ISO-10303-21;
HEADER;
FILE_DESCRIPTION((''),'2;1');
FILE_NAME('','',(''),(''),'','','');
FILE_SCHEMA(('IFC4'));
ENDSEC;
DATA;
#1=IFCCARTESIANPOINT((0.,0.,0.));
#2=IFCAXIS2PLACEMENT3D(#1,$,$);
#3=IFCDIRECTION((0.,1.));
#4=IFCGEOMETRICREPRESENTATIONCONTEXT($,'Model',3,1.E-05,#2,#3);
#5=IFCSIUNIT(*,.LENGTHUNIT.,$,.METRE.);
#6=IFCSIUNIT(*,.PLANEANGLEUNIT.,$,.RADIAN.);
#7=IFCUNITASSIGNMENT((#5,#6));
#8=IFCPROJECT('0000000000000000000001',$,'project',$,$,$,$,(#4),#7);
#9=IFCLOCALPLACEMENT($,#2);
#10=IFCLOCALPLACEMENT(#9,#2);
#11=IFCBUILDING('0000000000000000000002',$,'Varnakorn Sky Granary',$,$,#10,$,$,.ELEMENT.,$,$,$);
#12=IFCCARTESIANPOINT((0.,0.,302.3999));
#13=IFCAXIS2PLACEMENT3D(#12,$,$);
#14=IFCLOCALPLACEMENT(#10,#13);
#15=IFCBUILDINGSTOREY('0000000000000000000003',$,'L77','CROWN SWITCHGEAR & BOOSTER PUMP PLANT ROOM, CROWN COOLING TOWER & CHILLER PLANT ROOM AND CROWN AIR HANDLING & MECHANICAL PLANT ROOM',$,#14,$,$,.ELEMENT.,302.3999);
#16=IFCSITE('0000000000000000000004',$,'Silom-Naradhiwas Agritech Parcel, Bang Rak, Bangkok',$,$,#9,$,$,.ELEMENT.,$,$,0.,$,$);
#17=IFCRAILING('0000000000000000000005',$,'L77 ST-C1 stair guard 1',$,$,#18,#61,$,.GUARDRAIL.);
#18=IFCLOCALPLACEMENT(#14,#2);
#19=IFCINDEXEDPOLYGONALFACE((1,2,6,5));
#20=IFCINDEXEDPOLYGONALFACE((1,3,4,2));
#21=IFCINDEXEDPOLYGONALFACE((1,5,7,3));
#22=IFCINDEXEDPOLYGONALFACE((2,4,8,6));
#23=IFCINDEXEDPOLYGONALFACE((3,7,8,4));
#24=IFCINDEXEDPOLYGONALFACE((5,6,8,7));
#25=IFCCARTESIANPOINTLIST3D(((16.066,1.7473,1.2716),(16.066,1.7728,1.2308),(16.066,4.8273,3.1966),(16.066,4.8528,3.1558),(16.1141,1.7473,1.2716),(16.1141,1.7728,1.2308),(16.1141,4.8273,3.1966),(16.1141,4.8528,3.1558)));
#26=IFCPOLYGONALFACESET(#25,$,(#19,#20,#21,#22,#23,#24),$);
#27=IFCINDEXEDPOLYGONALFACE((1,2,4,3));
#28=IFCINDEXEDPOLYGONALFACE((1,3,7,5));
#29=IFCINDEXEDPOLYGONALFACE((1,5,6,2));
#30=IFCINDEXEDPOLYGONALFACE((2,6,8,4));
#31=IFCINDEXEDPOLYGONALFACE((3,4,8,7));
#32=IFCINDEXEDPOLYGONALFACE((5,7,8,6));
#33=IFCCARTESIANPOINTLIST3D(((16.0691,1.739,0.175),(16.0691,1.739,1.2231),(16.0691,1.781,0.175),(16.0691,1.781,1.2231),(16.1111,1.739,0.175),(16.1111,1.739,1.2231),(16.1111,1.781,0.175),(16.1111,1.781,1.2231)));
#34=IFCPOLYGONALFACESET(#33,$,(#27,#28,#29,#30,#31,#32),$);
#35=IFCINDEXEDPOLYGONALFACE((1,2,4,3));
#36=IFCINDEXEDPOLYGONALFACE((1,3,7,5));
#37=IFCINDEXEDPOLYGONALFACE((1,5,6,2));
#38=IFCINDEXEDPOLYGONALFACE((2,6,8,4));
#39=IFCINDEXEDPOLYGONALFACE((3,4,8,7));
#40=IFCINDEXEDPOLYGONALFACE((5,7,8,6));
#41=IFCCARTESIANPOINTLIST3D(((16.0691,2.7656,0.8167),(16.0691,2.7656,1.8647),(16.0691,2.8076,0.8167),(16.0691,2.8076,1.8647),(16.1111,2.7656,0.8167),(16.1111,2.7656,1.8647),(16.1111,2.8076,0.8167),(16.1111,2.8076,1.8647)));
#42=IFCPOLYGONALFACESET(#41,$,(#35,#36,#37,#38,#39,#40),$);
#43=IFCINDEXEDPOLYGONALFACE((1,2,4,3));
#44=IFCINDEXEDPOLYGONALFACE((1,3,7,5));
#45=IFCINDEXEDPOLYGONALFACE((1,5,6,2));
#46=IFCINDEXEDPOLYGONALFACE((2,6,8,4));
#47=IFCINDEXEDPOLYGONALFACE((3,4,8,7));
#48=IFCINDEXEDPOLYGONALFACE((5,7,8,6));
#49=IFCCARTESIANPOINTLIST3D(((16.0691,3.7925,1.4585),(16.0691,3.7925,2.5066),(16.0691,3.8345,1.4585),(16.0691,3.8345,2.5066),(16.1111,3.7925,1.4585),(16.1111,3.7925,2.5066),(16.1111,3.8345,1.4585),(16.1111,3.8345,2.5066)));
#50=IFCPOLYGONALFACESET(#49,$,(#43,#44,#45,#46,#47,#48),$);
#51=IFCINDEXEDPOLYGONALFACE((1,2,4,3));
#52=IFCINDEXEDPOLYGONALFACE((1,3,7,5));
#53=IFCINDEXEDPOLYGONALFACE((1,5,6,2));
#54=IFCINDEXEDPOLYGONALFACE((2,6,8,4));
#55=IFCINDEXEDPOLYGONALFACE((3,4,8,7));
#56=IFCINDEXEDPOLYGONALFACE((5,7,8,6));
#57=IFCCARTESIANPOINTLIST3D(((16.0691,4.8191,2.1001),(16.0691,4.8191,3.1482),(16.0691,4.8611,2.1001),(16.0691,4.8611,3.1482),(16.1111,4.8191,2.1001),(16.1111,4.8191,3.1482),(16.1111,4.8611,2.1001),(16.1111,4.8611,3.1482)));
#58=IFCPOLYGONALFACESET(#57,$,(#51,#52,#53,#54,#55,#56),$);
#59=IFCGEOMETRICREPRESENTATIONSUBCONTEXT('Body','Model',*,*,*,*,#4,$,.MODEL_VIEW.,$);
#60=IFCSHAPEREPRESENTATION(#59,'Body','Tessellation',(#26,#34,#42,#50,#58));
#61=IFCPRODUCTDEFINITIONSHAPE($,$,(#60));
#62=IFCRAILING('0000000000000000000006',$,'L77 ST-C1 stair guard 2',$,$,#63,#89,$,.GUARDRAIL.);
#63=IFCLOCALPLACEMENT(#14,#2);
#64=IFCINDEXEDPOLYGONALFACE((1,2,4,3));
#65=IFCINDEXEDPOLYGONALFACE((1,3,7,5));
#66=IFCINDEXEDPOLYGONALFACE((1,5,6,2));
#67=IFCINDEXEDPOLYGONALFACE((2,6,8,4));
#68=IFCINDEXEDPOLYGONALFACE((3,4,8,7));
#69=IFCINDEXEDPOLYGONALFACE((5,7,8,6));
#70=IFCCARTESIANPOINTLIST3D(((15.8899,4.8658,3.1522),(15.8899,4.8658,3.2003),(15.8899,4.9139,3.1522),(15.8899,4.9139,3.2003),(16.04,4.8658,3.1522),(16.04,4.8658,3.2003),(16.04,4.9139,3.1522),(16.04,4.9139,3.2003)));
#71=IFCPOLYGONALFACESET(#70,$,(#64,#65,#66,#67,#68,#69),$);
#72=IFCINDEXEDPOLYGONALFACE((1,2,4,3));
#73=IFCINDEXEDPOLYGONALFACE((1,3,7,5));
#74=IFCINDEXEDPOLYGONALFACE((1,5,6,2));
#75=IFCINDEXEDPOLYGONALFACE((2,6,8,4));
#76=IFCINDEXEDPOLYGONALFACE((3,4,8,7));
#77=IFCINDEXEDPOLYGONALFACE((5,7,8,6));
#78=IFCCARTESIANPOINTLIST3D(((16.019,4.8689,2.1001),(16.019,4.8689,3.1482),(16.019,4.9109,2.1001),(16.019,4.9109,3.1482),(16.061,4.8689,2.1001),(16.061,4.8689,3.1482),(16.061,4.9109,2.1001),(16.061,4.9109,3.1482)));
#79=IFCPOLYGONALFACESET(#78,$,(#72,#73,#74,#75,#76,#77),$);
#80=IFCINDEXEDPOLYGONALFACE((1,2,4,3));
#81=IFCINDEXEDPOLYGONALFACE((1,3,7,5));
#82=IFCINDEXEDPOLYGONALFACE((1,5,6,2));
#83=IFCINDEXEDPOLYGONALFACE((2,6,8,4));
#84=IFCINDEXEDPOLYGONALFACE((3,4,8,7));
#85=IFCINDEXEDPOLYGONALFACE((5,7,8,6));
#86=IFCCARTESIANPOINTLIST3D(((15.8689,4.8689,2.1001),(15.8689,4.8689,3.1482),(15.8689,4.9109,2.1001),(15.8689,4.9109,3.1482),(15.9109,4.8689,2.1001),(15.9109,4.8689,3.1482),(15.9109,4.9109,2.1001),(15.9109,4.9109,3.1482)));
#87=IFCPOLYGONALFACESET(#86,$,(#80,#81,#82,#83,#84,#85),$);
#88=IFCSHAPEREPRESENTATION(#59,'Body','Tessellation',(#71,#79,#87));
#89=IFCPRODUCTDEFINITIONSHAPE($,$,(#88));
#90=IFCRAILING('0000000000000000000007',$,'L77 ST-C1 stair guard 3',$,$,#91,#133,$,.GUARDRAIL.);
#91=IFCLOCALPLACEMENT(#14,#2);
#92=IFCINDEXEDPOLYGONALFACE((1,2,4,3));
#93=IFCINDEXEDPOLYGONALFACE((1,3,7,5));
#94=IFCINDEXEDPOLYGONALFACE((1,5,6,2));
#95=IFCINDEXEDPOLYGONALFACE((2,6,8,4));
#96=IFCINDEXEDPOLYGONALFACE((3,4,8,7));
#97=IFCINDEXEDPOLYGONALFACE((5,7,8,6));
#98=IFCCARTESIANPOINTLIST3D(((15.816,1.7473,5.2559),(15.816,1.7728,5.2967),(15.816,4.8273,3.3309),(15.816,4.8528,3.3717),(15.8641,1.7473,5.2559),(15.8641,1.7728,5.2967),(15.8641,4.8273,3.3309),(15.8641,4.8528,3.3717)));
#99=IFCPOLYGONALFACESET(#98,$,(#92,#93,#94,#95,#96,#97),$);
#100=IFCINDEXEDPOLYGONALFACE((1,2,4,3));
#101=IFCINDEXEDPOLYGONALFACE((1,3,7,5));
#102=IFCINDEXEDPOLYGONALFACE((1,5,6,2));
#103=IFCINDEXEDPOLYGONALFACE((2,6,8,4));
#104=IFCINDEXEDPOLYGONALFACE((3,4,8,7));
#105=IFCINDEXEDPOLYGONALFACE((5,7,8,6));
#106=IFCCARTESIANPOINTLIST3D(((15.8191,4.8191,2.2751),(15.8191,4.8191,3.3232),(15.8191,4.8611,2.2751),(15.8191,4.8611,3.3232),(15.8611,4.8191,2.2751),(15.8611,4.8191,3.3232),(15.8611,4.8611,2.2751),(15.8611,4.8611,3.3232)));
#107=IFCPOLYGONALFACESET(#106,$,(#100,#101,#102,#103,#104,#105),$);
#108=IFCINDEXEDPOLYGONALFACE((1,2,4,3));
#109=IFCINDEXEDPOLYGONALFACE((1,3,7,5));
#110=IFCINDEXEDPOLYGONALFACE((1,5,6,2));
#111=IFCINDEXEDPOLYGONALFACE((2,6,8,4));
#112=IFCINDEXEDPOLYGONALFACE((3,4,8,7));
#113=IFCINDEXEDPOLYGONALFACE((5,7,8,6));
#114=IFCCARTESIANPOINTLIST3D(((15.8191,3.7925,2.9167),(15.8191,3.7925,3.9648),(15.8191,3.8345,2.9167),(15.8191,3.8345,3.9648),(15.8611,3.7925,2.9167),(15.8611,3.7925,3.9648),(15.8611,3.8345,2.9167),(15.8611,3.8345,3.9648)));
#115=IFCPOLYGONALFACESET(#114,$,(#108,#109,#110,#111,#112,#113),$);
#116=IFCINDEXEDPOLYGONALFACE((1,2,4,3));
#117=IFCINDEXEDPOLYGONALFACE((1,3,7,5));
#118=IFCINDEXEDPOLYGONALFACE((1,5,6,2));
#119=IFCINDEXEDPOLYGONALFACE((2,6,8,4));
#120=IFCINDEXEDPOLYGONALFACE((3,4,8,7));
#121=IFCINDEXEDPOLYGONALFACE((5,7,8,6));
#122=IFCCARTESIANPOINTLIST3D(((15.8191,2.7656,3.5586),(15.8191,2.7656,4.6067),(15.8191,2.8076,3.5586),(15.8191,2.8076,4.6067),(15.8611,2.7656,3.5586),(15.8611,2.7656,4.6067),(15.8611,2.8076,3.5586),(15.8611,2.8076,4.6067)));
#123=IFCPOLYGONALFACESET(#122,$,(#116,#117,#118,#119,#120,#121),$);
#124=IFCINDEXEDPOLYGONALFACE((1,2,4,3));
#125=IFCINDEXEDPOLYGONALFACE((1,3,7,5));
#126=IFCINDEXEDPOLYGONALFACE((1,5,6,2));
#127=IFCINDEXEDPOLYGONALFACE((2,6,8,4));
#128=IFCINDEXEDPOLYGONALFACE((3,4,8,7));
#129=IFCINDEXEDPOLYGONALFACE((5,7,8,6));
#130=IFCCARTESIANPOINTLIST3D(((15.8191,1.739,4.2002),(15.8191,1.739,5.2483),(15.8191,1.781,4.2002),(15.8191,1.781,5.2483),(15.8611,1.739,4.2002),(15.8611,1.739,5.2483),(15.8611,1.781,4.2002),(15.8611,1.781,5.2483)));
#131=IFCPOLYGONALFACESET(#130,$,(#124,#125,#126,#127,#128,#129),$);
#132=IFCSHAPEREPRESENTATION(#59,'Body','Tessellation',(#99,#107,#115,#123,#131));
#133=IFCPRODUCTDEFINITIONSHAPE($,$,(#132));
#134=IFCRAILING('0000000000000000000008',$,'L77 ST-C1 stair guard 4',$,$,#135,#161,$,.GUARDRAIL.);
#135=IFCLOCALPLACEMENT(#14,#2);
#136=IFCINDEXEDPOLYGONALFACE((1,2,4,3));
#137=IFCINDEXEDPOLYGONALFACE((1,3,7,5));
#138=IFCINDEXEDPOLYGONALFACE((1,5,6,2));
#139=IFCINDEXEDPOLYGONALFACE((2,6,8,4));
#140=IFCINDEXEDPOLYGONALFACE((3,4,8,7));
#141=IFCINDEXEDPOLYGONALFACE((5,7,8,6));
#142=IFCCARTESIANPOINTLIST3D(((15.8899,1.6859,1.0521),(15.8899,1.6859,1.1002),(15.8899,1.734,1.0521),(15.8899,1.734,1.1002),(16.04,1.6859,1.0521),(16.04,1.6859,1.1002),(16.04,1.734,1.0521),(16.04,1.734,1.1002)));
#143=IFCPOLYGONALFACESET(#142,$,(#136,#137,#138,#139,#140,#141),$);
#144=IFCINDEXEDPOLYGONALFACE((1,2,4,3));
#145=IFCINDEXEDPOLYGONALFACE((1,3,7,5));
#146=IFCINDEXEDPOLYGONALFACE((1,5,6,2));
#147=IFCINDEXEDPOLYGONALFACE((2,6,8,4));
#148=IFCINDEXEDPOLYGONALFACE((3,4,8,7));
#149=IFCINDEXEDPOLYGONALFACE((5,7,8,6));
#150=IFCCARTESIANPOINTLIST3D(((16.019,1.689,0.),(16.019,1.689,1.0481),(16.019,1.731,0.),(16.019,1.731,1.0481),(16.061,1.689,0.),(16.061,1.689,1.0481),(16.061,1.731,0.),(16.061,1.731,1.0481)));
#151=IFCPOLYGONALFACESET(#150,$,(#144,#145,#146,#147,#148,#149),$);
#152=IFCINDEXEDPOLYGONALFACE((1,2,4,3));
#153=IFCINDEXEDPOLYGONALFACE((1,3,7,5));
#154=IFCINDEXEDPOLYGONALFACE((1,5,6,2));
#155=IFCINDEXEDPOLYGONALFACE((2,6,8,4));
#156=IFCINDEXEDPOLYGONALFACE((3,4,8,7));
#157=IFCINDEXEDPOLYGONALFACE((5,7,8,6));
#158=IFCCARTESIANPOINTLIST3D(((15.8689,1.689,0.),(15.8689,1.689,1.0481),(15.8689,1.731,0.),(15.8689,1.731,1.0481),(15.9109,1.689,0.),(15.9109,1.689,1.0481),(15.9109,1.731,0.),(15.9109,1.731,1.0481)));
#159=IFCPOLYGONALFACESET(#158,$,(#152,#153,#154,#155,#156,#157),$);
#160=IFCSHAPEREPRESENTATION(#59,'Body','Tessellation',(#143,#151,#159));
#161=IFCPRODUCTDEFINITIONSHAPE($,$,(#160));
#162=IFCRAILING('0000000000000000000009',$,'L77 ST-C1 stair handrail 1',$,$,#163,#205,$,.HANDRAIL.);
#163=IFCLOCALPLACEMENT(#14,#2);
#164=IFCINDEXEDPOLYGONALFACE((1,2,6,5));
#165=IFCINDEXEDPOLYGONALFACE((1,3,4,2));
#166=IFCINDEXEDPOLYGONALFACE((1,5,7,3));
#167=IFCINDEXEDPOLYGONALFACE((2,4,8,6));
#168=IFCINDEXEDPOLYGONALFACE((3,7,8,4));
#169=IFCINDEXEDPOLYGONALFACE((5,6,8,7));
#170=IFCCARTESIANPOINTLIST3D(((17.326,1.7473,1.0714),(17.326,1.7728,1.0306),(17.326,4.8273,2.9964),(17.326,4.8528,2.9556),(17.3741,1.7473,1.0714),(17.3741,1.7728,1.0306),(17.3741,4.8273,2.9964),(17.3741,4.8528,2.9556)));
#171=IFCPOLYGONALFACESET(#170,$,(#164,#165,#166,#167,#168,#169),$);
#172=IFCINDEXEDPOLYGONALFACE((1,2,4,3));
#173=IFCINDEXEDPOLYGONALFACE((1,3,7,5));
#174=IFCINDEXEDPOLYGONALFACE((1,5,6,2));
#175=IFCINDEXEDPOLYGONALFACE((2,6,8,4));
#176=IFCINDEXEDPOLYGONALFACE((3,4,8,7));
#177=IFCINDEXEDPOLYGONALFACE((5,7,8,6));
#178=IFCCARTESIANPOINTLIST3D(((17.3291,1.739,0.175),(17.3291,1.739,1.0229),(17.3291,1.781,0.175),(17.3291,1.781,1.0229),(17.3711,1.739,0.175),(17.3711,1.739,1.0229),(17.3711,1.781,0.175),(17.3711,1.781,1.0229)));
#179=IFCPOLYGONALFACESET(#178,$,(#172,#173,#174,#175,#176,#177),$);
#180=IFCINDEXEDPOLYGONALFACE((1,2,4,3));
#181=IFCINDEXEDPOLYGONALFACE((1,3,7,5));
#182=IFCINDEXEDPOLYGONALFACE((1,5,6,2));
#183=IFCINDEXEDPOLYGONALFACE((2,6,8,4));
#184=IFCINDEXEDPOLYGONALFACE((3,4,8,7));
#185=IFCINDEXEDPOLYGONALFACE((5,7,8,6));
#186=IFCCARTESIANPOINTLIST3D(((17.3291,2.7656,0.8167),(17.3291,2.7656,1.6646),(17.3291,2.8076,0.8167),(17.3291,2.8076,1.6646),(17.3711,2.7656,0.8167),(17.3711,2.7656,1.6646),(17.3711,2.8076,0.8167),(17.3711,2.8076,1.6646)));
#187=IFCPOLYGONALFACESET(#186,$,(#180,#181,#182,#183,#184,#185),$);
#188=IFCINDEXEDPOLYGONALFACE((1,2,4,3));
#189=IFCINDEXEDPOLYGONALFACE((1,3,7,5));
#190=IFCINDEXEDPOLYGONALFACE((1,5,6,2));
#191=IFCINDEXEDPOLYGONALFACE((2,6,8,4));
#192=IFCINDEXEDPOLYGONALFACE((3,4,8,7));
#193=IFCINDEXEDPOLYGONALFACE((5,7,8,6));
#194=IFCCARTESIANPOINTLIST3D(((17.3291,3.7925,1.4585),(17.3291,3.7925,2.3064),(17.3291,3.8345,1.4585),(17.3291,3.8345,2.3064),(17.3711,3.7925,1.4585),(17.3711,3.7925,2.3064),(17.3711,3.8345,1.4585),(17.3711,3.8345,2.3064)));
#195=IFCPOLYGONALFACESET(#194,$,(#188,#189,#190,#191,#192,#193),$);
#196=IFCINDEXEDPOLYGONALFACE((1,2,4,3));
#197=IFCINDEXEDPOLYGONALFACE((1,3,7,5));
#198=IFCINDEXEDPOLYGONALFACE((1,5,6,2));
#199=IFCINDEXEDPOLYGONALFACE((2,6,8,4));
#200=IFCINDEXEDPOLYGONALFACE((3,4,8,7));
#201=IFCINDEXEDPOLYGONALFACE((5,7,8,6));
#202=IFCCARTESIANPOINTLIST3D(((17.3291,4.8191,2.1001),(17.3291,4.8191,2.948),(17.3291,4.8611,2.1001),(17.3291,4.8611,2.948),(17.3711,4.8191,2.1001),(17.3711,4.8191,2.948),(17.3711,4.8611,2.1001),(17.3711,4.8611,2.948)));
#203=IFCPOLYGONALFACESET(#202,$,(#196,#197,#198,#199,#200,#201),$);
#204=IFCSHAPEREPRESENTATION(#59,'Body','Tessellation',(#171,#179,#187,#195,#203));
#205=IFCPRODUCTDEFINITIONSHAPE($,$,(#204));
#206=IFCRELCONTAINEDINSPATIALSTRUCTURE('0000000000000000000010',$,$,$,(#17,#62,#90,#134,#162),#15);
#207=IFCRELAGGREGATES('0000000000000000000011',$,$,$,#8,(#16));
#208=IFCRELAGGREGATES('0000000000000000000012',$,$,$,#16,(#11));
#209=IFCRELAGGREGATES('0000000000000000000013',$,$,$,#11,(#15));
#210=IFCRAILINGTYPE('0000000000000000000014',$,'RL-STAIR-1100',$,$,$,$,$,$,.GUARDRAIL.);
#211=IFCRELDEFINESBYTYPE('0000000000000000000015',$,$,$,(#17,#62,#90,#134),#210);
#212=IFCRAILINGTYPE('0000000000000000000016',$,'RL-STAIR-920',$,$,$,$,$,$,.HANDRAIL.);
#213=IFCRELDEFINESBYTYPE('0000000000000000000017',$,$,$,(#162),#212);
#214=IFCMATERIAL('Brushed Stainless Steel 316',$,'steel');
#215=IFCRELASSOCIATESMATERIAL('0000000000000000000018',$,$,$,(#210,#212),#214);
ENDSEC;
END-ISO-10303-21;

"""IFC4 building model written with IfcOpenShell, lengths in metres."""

from ifc_helpers import new_model, si_unit, direction, frame, origin, origin_2d, place, context, subcontext, project, spatial, rectangle, extrude, material, type_object, element, save


model = new_model("IFC4")

# Units and contexts
model_context = context("Model", 3, precision=1e-05, world=origin(), true_north=direction((0.0, 1.0)))
body_context = subcontext(model_context, "Body", "Model", "MODEL_VIEW")
ifc_project = project(units=[si_unit("LENGTHUNIT", "METRE"), si_unit("PLANEANGLEUNIT", "RADIAN")], contexts=[model_context])

# Site, building, storey
site_placement = place(None, origin())
site = spatial("IfcSite", under=ifc_project, at=site_placement, Name="Silom-Naradhiwas Agritech Parcel, Bang Rak, Bangkok", CompositionType="ELEMENT", RefElevation=0.0)
building_placement = place(site_placement, origin())
building = spatial("IfcBuilding", under=site, at=building_placement, Name="Varnakorn Sky Granary", CompositionType="ELEMENT")
storey_placement = place(building_placement, frame((0.0, 0.0, 302.3999)))
storey = spatial("IfcBuildingStorey", under=building, at=storey_placement, Name="L77", Description="CROWN SWITCHGEAR & BOOSTER PUMP PLANT ROOM, CROWN COOLING TOWER & CHILLER PLANT ROOM AND CROWN AIR HANDLING & MECHANICAL PLANT ROOM", CompositionType="ELEMENT", Elevation=302.3999)

# Railings
ifc_material_1 = material(Name="Brushed Stainless Steel 316", Category="steel")
railing_type_1 = type_object("IfcRailingType", Name="RL-STAIR-1100", PredefinedType="GUARDRAIL", material=ifc_material_1)
railing_1_placement = place(storey_placement, frame((16.0901, 1.76, 0.175)))
element("IfcRailing", 1, at=railing_1_placement, inside=storey, type_object=railing_type_1, Name="L77 ST-C1 stair guard 1", PredefinedType="GUARDRAIL", context=body_context, shape_type="SweptSolid", body=[
    extrude(rectangle(XDim=0.0481, YDim=0.0481, at=origin_2d()), frame((0.0, 0.0, 1.0762), z_axis=(0.0, 0.847998, 0.529999), x_axis=(-1.0, 0.0, 0.0)), (0.0, 0.0, 1.0), 3.6321),
    extrude(rectangle(XDim=0.042, YDim=0.042, at=origin_2d()), origin(), (0.0, 0.0, 1.0), 1.0481),
    extrude(rectangle(XDim=0.042, YDim=0.042, at=origin_2d()), frame((0.0, 1.0266, 0.6416)), (0.0, 0.0, 1.0), 1.0481),
    extrude(rectangle(XDim=0.042, YDim=0.042, at=origin_2d()), frame((0.0, 2.0535, 1.2834)), (0.0, 0.0, 1.0), 1.0481),
    extrude(rectangle(XDim=0.042, YDim=0.042, at=origin_2d()), frame((0.0, 3.0801, 1.925)), (0.0, 0.0, 1.0), 1.0481),
])
railing_2_placement = place(storey_placement, frame((16.04, 4.8899, 2.1001)))
element("IfcRailing", 2, at=railing_2_placement, inside=storey, type_object=railing_type_1, Name="L77 ST-C1 stair guard 2", PredefinedType="GUARDRAIL", context=body_context, shape_type="SweptSolid", body=[
    extrude(rectangle(XDim=0.0481, YDim=0.0481, at=origin_2d()), frame((0.0, 0.0, 1.0762), z_axis=(-1.0, 0.0, 0.0), x_axis=(0.0, -1.0, 0.0)), (0.0, 0.0, 1.0), 0.1501),
    extrude(rectangle(XDim=0.042, YDim=0.042, at=origin_2d()), origin(), (0.0, 0.0, 1.0), 1.0481),
    extrude(rectangle(XDim=0.042, YDim=0.042, at=origin_2d()), frame((-0.1501, 0.0, 0.0)), (0.0, 0.0, 1.0), 1.0481),
])
railing_3_placement = place(storey_placement, frame((15.8401, 4.8401, 2.2751)))
element("IfcRailing", 3, at=railing_3_placement, inside=storey, type_object=railing_type_1, Name="L77 ST-C1 stair guard 3", PredefinedType="GUARDRAIL", context=body_context, shape_type="SweptSolid", body=[
    extrude(rectangle(XDim=0.0481, YDim=0.0481, at=origin_2d()), frame((0.0, 0.0, 1.0762), z_axis=(0.0, -0.847998, 0.529999), x_axis=(1.0, 0.0, 0.0)), (0.0, 0.0, 1.0), 3.6321),
    extrude(rectangle(XDim=0.042, YDim=0.042, at=origin_2d()), origin(), (0.0, 0.0, 1.0), 1.0481),
    extrude(rectangle(XDim=0.042, YDim=0.042, at=origin_2d()), frame((0.0, -1.0266, 0.6416)), (0.0, 0.0, 1.0), 1.0481),
    extrude(rectangle(XDim=0.042, YDim=0.042, at=origin_2d()), frame((0.0, -2.0535, 1.2834)), (0.0, 0.0, 1.0), 1.0481),
    extrude(rectangle(XDim=0.042, YDim=0.042, at=origin_2d()), frame((0.0, -3.0801, 1.925)), (0.0, 0.0, 1.0), 1.0481),
])
railing_4_placement = place(storey_placement, frame((16.04, 1.71, 0.0)))
element("IfcRailing", 4, at=railing_4_placement, inside=storey, type_object=railing_type_1, Name="L77 ST-C1 stair guard 4", PredefinedType="GUARDRAIL", context=body_context, shape_type="SweptSolid", body=[
    extrude(rectangle(XDim=0.0481, YDim=0.0481, at=origin_2d()), frame((0.0, 0.0, 1.0762), z_axis=(-1.0, 0.0, 0.0), x_axis=(0.0, -1.0, 0.0)), (0.0, 0.0, 1.0), 0.1501),
    extrude(rectangle(XDim=0.042, YDim=0.042, at=origin_2d()), origin(), (0.0, 0.0, 1.0), 1.0481),
    extrude(rectangle(XDim=0.042, YDim=0.042, at=origin_2d()), frame((-0.1501, 0.0, 0.0)), (0.0, 0.0, 1.0), 1.0481),
])
railing_type_2 = type_object("IfcRailingType", Name="RL-STAIR-920", PredefinedType="HANDRAIL", material=ifc_material_1)
railing_5_placement = place(storey_placement, frame((17.3501, 1.76, 0.175)))
element("IfcRailing", 5, at=railing_5_placement, inside=storey, type_object=railing_type_2, Name="L77 ST-C1 stair handrail 1", PredefinedType="HANDRAIL", context=body_context, shape_type="SweptSolid", body=[
    extrude(rectangle(XDim=0.0481, YDim=0.0481, at=origin_2d()), frame((0.0, 0.0, 0.876), z_axis=(0.0, 0.847998, 0.529999), x_axis=(-1.0, 0.0, 0.0)), (0.0, 0.0, 1.0), 3.6321),
    extrude(rectangle(XDim=0.042, YDim=0.042, at=origin_2d()), origin(), (0.0, 0.0, 1.0), 0.8479),
    extrude(rectangle(XDim=0.042, YDim=0.042, at=origin_2d()), frame((0.0, 1.0266, 0.6416)), (0.0, 0.0, 1.0), 0.8479),
    extrude(rectangle(XDim=0.042, YDim=0.042, at=origin_2d()), frame((0.0, 2.0535, 1.2834)), (0.0, 0.0, 1.0), 0.8479),
    extrude(rectangle(XDim=0.042, YDim=0.042, at=origin_2d()), frame((0.0, 3.0801, 1.925)), (0.0, 0.0, 1.0), 0.8479),
])

save(model, "model.ifc")
